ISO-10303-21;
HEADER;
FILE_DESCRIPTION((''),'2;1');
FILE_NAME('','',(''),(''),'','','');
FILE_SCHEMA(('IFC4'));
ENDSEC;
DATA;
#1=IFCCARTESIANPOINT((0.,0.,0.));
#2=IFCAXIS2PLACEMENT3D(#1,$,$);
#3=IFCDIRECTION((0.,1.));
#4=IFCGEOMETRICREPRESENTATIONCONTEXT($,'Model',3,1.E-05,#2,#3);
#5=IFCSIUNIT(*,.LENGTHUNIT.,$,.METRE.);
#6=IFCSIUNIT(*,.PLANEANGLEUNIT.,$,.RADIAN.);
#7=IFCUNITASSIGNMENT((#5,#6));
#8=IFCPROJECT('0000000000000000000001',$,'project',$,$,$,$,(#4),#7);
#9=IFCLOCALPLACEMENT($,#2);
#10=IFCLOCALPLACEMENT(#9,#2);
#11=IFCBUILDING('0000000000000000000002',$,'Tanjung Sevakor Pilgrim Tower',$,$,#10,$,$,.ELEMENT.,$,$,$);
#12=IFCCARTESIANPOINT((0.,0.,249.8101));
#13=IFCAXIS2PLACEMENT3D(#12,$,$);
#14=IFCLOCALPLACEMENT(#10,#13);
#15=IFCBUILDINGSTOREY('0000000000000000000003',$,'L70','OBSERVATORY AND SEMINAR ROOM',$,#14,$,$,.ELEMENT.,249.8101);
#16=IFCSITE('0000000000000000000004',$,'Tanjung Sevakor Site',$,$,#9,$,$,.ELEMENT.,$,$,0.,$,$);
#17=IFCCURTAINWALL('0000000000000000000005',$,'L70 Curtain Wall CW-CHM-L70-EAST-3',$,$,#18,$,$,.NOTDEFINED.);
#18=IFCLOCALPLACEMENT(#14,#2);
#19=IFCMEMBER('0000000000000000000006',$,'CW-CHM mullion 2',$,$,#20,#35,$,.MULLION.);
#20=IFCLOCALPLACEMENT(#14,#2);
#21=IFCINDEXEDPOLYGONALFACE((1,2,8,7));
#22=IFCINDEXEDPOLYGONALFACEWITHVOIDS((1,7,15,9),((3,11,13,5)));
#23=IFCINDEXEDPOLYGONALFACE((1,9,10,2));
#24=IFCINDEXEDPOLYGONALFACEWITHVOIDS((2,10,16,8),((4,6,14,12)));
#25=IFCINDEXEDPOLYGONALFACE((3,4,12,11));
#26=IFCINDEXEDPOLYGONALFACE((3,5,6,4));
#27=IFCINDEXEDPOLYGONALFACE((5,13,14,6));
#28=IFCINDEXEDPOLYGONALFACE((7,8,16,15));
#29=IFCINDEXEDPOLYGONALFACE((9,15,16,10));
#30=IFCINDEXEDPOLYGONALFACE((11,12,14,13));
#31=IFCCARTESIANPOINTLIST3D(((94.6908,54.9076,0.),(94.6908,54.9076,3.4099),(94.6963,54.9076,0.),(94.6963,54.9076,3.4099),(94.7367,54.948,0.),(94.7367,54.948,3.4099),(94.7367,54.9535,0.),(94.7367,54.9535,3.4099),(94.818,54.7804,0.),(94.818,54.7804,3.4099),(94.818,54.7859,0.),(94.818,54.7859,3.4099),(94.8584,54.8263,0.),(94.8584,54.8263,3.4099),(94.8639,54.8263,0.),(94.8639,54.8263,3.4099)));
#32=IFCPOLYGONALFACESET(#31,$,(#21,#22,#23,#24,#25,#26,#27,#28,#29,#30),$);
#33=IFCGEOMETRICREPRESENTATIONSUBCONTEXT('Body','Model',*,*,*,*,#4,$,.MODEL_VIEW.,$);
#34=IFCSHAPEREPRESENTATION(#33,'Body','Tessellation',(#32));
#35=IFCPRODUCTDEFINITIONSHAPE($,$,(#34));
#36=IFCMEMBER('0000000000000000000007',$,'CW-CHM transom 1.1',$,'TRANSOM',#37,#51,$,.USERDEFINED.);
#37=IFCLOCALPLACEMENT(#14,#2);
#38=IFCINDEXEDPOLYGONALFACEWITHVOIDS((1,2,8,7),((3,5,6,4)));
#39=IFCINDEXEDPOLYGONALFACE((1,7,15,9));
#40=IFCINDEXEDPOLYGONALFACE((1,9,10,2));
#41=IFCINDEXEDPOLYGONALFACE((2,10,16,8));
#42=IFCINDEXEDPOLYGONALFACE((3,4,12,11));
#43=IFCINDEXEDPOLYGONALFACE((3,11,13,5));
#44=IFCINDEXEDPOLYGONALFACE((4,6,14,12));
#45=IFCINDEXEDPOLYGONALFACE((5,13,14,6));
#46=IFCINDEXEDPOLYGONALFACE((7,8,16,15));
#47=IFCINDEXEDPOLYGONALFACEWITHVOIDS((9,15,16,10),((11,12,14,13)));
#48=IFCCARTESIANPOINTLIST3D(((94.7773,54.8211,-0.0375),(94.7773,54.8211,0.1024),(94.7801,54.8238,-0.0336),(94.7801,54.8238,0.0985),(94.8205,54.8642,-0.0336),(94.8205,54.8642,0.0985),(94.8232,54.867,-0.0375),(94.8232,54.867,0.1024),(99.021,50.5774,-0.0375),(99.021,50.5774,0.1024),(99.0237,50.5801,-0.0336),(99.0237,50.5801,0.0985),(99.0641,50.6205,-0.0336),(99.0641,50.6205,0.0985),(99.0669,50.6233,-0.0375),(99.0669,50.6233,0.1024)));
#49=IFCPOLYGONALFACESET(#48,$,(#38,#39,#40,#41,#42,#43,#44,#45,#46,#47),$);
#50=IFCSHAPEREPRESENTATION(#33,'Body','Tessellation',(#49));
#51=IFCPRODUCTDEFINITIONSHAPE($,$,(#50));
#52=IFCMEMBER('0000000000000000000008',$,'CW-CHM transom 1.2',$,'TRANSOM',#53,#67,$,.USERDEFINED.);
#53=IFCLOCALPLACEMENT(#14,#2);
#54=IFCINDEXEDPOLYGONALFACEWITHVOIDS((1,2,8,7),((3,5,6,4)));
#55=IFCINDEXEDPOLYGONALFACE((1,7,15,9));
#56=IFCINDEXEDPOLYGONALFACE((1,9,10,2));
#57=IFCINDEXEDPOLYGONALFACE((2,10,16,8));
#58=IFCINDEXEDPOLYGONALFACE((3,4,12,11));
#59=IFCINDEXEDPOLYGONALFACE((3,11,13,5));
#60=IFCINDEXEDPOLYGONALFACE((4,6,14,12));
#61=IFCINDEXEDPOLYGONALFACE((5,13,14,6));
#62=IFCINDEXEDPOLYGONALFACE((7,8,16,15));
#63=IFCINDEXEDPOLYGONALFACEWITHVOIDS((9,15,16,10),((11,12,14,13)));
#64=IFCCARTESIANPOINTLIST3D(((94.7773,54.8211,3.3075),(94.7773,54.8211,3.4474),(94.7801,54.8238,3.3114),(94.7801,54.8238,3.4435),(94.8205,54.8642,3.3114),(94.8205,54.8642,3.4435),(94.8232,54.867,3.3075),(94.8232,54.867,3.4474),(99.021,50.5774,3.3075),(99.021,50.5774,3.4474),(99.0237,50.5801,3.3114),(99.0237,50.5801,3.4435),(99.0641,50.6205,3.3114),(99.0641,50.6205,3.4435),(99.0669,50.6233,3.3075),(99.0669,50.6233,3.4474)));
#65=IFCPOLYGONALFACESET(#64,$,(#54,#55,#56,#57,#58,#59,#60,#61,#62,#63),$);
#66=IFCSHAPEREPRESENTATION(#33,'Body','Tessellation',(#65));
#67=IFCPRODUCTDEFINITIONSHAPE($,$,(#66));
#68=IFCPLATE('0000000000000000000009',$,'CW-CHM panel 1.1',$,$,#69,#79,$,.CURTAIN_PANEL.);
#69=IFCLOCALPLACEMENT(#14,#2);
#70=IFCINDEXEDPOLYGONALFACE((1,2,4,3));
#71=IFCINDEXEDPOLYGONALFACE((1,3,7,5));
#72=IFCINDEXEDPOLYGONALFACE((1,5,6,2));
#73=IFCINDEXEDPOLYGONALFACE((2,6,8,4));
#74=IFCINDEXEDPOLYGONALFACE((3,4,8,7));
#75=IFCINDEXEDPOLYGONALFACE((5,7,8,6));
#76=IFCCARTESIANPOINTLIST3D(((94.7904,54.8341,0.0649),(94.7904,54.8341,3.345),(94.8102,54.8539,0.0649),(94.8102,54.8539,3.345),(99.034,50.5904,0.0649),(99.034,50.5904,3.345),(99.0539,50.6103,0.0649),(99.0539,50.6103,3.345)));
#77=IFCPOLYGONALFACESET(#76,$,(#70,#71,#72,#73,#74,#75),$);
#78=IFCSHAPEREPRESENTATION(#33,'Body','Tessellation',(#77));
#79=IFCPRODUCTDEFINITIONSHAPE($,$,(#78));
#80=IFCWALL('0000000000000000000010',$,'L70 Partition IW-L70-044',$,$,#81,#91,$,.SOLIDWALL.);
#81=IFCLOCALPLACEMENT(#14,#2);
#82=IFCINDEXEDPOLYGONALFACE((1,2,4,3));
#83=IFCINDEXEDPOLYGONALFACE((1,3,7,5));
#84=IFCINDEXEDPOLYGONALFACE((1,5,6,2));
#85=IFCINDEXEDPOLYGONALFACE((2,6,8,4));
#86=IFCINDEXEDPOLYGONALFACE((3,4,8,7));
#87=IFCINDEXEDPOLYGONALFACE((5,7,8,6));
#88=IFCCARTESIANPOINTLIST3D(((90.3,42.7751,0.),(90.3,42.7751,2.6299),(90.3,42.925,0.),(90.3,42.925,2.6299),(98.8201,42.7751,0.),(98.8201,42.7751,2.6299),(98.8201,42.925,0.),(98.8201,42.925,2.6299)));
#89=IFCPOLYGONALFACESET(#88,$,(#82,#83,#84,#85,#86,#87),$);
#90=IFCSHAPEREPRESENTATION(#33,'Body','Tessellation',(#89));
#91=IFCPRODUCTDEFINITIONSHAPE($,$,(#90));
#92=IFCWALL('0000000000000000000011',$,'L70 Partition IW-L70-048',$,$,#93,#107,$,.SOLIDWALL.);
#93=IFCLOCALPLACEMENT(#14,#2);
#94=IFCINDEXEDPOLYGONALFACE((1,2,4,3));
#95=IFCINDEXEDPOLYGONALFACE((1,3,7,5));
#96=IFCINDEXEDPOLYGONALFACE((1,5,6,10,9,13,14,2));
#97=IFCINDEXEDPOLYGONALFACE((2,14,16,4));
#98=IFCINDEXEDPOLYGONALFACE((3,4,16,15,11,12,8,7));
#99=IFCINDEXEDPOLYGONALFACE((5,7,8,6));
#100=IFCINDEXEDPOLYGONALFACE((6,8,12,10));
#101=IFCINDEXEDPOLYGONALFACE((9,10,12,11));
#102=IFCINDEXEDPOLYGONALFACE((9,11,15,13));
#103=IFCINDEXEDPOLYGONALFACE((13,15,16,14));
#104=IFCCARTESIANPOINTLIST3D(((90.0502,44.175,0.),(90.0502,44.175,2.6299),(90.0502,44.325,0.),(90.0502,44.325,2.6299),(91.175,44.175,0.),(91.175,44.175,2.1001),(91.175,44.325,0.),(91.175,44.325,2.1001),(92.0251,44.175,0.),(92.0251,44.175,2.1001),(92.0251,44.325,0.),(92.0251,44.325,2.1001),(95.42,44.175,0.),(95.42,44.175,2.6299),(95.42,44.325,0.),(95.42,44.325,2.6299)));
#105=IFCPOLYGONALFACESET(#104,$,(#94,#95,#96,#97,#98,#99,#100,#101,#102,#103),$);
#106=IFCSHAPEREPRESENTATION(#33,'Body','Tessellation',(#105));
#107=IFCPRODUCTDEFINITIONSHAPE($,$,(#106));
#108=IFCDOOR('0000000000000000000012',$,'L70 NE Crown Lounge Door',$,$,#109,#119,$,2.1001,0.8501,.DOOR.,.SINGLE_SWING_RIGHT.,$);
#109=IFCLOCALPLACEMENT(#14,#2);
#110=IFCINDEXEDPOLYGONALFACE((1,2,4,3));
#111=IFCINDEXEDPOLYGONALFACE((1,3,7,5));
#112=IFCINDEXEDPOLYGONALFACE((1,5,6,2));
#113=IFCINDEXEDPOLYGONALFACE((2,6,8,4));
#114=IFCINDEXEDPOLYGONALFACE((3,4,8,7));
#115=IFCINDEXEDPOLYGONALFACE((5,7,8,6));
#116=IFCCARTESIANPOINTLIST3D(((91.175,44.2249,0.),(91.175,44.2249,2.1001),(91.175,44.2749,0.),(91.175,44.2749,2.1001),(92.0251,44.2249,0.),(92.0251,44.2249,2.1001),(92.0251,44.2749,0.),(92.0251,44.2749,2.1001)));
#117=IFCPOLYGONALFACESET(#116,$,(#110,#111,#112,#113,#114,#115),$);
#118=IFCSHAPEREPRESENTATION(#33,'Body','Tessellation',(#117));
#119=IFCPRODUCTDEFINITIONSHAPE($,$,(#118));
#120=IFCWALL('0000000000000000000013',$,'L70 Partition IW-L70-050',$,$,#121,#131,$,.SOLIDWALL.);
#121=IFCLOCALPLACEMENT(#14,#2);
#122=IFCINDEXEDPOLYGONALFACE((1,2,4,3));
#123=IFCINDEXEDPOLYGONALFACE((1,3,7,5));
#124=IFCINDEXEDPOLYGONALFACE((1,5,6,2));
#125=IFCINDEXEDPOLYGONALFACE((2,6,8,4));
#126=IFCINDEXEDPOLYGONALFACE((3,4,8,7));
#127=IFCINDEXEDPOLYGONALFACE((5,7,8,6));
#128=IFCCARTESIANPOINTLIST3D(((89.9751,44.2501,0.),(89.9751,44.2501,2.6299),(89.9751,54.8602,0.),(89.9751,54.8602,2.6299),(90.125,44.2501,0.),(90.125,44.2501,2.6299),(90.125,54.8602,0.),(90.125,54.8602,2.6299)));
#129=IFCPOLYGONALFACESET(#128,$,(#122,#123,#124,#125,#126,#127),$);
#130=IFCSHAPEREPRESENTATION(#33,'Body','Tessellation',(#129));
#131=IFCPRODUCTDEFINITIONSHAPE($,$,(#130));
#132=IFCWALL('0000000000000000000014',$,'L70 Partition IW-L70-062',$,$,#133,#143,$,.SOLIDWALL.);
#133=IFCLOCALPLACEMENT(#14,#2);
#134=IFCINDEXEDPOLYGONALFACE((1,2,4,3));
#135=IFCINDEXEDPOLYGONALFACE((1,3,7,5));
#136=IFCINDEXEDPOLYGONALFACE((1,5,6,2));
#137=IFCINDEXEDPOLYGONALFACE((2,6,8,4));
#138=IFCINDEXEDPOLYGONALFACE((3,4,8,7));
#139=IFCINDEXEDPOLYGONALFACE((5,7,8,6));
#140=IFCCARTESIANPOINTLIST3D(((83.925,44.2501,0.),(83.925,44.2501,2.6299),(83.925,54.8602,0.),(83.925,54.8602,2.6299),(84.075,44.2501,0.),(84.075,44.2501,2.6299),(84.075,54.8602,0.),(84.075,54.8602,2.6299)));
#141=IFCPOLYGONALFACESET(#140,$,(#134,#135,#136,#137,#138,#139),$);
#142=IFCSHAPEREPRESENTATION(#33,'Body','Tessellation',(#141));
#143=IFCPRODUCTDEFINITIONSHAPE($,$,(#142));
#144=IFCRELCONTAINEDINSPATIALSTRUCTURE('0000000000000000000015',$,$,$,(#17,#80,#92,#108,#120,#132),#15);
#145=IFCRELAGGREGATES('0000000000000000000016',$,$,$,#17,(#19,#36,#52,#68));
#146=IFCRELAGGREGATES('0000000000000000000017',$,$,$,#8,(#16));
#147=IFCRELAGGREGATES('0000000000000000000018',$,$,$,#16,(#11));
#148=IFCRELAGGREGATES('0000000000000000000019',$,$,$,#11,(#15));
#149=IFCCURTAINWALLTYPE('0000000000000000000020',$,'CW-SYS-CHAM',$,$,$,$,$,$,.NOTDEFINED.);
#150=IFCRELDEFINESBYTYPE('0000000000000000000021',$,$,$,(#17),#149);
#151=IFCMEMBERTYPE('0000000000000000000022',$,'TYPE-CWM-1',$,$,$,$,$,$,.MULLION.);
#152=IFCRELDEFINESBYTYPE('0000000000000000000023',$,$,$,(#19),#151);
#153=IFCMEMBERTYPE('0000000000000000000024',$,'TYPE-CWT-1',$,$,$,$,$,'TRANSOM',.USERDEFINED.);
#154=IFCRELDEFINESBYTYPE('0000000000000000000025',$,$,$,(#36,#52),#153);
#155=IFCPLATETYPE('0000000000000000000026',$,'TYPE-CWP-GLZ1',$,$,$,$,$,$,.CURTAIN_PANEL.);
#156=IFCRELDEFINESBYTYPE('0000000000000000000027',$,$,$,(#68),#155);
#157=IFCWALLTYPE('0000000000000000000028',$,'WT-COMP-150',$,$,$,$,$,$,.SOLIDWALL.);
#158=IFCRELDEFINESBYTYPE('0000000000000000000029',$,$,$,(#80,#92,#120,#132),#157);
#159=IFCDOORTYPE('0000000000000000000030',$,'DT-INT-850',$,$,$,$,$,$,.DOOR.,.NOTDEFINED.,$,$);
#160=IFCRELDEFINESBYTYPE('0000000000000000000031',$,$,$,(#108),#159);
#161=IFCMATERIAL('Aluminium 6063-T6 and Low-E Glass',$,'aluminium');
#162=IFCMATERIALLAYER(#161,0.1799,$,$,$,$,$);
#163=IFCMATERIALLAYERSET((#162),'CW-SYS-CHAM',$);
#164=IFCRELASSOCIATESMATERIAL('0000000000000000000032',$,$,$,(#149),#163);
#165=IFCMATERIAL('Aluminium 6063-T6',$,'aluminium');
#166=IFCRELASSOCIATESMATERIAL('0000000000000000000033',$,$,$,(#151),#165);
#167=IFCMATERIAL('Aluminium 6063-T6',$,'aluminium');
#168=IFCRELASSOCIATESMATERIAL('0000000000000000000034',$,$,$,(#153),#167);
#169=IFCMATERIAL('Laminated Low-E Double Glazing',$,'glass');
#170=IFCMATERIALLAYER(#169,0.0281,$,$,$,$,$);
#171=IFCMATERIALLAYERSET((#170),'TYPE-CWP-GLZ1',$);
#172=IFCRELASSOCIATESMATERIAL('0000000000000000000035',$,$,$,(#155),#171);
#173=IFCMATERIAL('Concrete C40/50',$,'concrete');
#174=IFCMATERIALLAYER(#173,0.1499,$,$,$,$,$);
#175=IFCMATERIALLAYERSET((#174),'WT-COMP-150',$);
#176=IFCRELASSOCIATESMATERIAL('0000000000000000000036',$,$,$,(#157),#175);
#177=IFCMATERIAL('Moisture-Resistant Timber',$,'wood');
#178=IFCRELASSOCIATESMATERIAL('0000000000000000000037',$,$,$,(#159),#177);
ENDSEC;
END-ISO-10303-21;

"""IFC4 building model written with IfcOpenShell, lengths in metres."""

from ifc_helpers import new_model, si_unit, direction, frame, frame_2d, origin, origin_2d, place, context, subcontext, project, spatial, rectangle, hollow_rectangle, extrude, material, layer, layer_set, material_profile, profile_set, type_object, element, fill, aggregate, save


model = new_model("IFC4")

# Units and contexts
model_context = context("Model", 3, precision=1e-05, world=origin(), true_north=direction((0.0, 1.0)))
body_context = subcontext(model_context, "Body", "Model", "MODEL_VIEW")
ifc_project = project(units=[si_unit("LENGTHUNIT", "METRE"), si_unit("PLANEANGLEUNIT", "RADIAN")], contexts=[model_context])

# Site, building, storey
site_placement = place(None, origin())
site = spatial("IfcSite", under=ifc_project, at=site_placement, Name="Tanjung Sevakor Site", CompositionType="ELEMENT", RefElevation=0.0)
building_placement = place(site_placement, origin())
building = spatial("IfcBuilding", under=site, at=building_placement, Name="Tanjung Sevakor Pilgrim Tower", CompositionType="ELEMENT")
storey_placement = place(building_placement, frame((0.0, 0.0, 249.8101)))
storey = spatial("IfcBuildingStorey", under=building, at=storey_placement, Name="L70", Description="OBSERVATORY AND SEMINAR ROOM", CompositionType="ELEMENT", Elevation=249.8101)

# Curtain wall, members, plate
ifc_material_1 = material(Name="Aluminium 6063-T6 and Low-E Glass", Category="aluminium")
ifc_layer_1 = layer(ifc_material_1, 0.1799)
ifc_layer_set_1 = layer_set([ifc_layer_1], Name="CW-SYS-CHAM")
curtain_wall_type = type_object("IfcCurtainWallType", Name="CW-SYS-CHAM", PredefinedType="NOTDEFINED", material=ifc_layer_set_1)
curtain_wall_placement = place(storey_placement, origin())
curtain_wall = element("IfcCurtainWall", 1, at=curtain_wall_placement, inside=storey, type_object=curtain_wall_type, Name="L70 Curtain Wall CW-CHM-L70-EAST-3", PredefinedType="NOTDEFINED")
ifc_material_2 = material(Name="Aluminium 6063-T6", Category="aluminium")
ifc_material_profile_1 = material_profile(ifc_material_2, hollow_rectangle(XDim=0.0649, YDim=0.1799, WallThickness=0.0039, at=origin_2d()))
ifc_profile_set_1 = profile_set([ifc_material_profile_1], Name="Aluminium 6063-T6")
member_type_1 = type_object("IfcMemberType", Name="TYPE-CWM-1", PredefinedType="MULLION", material=ifc_profile_set_1)
member_1_placement = place(storey_placement, frame((94.7773, 54.8669, 0.0), z_axis=(0.0, 0.0, 1.0), x_axis=(-0.707107, -0.707107, 0.0)))
member_1 = element("IfcMember", 2, at=member_1_placement, type_object=member_type_1, Name="CW-CHM mullion 2", PredefinedType="MULLION", context=body_context, shape_type="SweptSolid", body=[
    extrude(hollow_rectangle(XDim=0.0649, YDim=0.1799, WallThickness=0.0039, at=origin_2d()), origin(), (0.0, 0.0, 1.0), 3.4099),
])
ifc_material_3 = material(Name="Aluminium 6063-T6", Category="aluminium")
ifc_material_profile_2 = material_profile(ifc_material_3, hollow_rectangle(XDim=0.0649, YDim=0.1399, WallThickness=0.0039, at=origin_2d()))
ifc_profile_set_2 = profile_set([ifc_material_profile_2], Name="Aluminium 6063-T6")
member_type_2 = type_object("IfcMemberType", Name="TYPE-CWT-1", ElementType="TRANSOM", PredefinedType="USERDEFINED", material=ifc_profile_set_2)
member_2_placement = place(storey_placement, frame((99.0439, 50.6003, 0.0325), z_axis=(-0.707107, 0.707107, 0.0), x_axis=(-0.707107, -0.707107, 0.0)))
member_2 = element("IfcMember", 3, at=member_2_placement, type_object=member_type_2, Name="CW-CHM transom 1.1", ObjectType="TRANSOM", PredefinedType="USERDEFINED", context=body_context, shape_type="SweptSolid", body=[
    extrude(hollow_rectangle(XDim=0.0649, YDim=0.1399, WallThickness=0.0039, at=origin_2d()), origin(), (0.0, 0.0, 1.0), 6.0015),
])
member_3_placement = place(storey_placement, frame((99.0439, 50.6003, 3.3774), z_axis=(-0.707107, 0.707107, 0.0), x_axis=(-0.707107, -0.707107, 0.0)))
member_3 = element("IfcMember", 4, at=member_3_placement, type_object=member_type_2, Name="CW-CHM transom 1.2", ObjectType="TRANSOM", PredefinedType="USERDEFINED", context=body_context, shape_type="SweptSolid", body=[
    extrude(hollow_rectangle(XDim=0.0649, YDim=0.1399, WallThickness=0.0039, at=origin_2d()), origin(), (0.0, 0.0, 1.0), 6.0015),
])
ifc_material_4 = material(Name="Laminated Low-E Double Glazing", Category="glass")
ifc_layer_2 = layer(ifc_material_4, 0.0281)
ifc_layer_set_2 = layer_set([ifc_layer_2], Name="TYPE-CWP-GLZ1")
plate_type = type_object("IfcPlateType", Name="TYPE-CWP-GLZ1", PredefinedType="CURTAIN_PANEL", material=ifc_layer_set_2)
plate_placement = place(storey_placement, frame((96.9221, 52.7222, 0.0649), z_axis=(0.0, 0.0, 1.0), x_axis=(-0.707107, 0.707107, 0.0)))
plate = element("IfcPlate", 5, at=plate_placement, type_object=plate_type, Name="CW-CHM panel 1.1", PredefinedType="CURTAIN_PANEL", context=body_context, shape_type="SweptSolid", body=[
    extrude(rectangle(XDim=6.0015, YDim=0.0281, at=origin_2d()), origin(), (0.0, 0.0, 1.0), 3.28),
])
aggregate(curtain_wall, [member_1, member_2, member_3, plate])

# Wall
ifc_material_5 = material(Name="Concrete C40/50", Category="concrete")
ifc_layer_3 = layer(ifc_material_5, 0.1499)
ifc_layer_set_3 = layer_set([ifc_layer_3], Name="WT-COMP-150")
wall_type_1 = type_object("IfcWallType", Name="WT-COMP-150", PredefinedType="SOLIDWALL", material=ifc_layer_set_3)
wall_1_placement = place(storey_placement, frame((90.3, 42.8501, 0.0), z_axis=(0.0, 0.0, 1.0), x_axis=(1.0, 0.0, 0.0)))
element("IfcWall", 6, at=wall_1_placement, inside=storey, type_object=wall_type_1, Name="L70 Partition IW-L70-044", PredefinedType="SOLIDWALL", context=body_context, shape_type="SweptSolid", body=[
    extrude(rectangle(XDim=8.52, YDim=0.1499, at=frame_2d((4.26, 0.0))), origin(), (0.0, 0.0, 1.0), 2.6299),
])

# Wall, opening, door
wall_2_placement = place(storey_placement, frame((90.05, 44.25, 0.0), z_axis=(0.0, 0.0, 1.0), x_axis=(1.0, 0.0, 0.0)))
wall_2 = element("IfcWall", 7, at=wall_2_placement, inside=storey, type_object=wall_type_1, Name="L70 Partition IW-L70-048", PredefinedType="SOLIDWALL", context=body_context, shape_type="SweptSolid", body=[
    extrude(rectangle(XDim=5.3699, YDim=0.1499, at=frame_2d((2.6851, 0.0))), origin(), (0.0, 0.0, 1.0), 2.6299),
])
opening_1_placement = place(wall_2_placement, frame((1.125, 0.0, 0.0)))
opening_1 = element("IfcOpeningElement", 8, at=opening_1_placement, cuts=wall_2, PredefinedType="OPENING", context=body_context, shape_type="SweptSolid", body=[
    extrude(rectangle(XDim=0.8501, YDim=2.1001, at=frame_2d((0.425, 1.05))), frame((0.0, 0.085, 0.0), z_axis=(0.0, -1.0, 0.0), x_axis=(1.0, 0.0, 0.0)), (0.0, 0.0, 1.0), 0.1699),
])
ifc_material_6 = material(Name="Moisture-Resistant Timber", Category="wood")
door_type_1 = type_object("IfcDoorType", Name="DT-INT-850", OperationType="NOTDEFINED", PredefinedType="DOOR", material=ifc_material_6)
door_1_placement = place(opening_1_placement, origin())
door_1 = element("IfcDoor", 9, at=door_1_placement, inside=storey, type_object=door_type_1, Name="L70 NE Crown Lounge Door", OperationType="SINGLE_SWING_RIGHT", OverallHeight=2.1001, OverallWidth=0.8501, PredefinedType="DOOR", context=body_context, shape_type="SweptSolid", body=[
    extrude(rectangle(XDim=0.8501, YDim=2.1001, at=frame_2d((0.425, 1.05))), frame((0.0, 0.0249, 0.0), z_axis=(0.0, -1.0, 0.0), x_axis=(1.0, 0.0, 0.0)), (0.0, 0.0, 1.0), 0.05),
])
fill(opening_1, door_1)

# Walls
for number, where, z_axis, x_axis, name in (
    (10, (90.05, 44.25, 0.0), (0.0, 0.0, 1.0), (0.0, 1.0, 0.0), "L70 Partition IW-L70-050"),
    (11, (84.0, 44.25, 0.0), (0.0, 0.0, 1.0), (0.0, 1.0, 0.0), "L70 Partition IW-L70-062"),
):
    element("IfcWall", number, at=place(storey_placement, frame(where, z_axis=z_axis, x_axis=x_axis)), inside=storey, type_object=wall_type_1, Name=name, PredefinedType="SOLIDWALL", context=body_context, shape_type="SweptSolid", body=[
        extrude(rectangle(XDim=10.6101, YDim=0.1499, at=frame_2d((5.3052, 0.0))), origin(), (0.0, 0.0, 1.0), 2.6299),
    ])

save(model, "model.ifc")
